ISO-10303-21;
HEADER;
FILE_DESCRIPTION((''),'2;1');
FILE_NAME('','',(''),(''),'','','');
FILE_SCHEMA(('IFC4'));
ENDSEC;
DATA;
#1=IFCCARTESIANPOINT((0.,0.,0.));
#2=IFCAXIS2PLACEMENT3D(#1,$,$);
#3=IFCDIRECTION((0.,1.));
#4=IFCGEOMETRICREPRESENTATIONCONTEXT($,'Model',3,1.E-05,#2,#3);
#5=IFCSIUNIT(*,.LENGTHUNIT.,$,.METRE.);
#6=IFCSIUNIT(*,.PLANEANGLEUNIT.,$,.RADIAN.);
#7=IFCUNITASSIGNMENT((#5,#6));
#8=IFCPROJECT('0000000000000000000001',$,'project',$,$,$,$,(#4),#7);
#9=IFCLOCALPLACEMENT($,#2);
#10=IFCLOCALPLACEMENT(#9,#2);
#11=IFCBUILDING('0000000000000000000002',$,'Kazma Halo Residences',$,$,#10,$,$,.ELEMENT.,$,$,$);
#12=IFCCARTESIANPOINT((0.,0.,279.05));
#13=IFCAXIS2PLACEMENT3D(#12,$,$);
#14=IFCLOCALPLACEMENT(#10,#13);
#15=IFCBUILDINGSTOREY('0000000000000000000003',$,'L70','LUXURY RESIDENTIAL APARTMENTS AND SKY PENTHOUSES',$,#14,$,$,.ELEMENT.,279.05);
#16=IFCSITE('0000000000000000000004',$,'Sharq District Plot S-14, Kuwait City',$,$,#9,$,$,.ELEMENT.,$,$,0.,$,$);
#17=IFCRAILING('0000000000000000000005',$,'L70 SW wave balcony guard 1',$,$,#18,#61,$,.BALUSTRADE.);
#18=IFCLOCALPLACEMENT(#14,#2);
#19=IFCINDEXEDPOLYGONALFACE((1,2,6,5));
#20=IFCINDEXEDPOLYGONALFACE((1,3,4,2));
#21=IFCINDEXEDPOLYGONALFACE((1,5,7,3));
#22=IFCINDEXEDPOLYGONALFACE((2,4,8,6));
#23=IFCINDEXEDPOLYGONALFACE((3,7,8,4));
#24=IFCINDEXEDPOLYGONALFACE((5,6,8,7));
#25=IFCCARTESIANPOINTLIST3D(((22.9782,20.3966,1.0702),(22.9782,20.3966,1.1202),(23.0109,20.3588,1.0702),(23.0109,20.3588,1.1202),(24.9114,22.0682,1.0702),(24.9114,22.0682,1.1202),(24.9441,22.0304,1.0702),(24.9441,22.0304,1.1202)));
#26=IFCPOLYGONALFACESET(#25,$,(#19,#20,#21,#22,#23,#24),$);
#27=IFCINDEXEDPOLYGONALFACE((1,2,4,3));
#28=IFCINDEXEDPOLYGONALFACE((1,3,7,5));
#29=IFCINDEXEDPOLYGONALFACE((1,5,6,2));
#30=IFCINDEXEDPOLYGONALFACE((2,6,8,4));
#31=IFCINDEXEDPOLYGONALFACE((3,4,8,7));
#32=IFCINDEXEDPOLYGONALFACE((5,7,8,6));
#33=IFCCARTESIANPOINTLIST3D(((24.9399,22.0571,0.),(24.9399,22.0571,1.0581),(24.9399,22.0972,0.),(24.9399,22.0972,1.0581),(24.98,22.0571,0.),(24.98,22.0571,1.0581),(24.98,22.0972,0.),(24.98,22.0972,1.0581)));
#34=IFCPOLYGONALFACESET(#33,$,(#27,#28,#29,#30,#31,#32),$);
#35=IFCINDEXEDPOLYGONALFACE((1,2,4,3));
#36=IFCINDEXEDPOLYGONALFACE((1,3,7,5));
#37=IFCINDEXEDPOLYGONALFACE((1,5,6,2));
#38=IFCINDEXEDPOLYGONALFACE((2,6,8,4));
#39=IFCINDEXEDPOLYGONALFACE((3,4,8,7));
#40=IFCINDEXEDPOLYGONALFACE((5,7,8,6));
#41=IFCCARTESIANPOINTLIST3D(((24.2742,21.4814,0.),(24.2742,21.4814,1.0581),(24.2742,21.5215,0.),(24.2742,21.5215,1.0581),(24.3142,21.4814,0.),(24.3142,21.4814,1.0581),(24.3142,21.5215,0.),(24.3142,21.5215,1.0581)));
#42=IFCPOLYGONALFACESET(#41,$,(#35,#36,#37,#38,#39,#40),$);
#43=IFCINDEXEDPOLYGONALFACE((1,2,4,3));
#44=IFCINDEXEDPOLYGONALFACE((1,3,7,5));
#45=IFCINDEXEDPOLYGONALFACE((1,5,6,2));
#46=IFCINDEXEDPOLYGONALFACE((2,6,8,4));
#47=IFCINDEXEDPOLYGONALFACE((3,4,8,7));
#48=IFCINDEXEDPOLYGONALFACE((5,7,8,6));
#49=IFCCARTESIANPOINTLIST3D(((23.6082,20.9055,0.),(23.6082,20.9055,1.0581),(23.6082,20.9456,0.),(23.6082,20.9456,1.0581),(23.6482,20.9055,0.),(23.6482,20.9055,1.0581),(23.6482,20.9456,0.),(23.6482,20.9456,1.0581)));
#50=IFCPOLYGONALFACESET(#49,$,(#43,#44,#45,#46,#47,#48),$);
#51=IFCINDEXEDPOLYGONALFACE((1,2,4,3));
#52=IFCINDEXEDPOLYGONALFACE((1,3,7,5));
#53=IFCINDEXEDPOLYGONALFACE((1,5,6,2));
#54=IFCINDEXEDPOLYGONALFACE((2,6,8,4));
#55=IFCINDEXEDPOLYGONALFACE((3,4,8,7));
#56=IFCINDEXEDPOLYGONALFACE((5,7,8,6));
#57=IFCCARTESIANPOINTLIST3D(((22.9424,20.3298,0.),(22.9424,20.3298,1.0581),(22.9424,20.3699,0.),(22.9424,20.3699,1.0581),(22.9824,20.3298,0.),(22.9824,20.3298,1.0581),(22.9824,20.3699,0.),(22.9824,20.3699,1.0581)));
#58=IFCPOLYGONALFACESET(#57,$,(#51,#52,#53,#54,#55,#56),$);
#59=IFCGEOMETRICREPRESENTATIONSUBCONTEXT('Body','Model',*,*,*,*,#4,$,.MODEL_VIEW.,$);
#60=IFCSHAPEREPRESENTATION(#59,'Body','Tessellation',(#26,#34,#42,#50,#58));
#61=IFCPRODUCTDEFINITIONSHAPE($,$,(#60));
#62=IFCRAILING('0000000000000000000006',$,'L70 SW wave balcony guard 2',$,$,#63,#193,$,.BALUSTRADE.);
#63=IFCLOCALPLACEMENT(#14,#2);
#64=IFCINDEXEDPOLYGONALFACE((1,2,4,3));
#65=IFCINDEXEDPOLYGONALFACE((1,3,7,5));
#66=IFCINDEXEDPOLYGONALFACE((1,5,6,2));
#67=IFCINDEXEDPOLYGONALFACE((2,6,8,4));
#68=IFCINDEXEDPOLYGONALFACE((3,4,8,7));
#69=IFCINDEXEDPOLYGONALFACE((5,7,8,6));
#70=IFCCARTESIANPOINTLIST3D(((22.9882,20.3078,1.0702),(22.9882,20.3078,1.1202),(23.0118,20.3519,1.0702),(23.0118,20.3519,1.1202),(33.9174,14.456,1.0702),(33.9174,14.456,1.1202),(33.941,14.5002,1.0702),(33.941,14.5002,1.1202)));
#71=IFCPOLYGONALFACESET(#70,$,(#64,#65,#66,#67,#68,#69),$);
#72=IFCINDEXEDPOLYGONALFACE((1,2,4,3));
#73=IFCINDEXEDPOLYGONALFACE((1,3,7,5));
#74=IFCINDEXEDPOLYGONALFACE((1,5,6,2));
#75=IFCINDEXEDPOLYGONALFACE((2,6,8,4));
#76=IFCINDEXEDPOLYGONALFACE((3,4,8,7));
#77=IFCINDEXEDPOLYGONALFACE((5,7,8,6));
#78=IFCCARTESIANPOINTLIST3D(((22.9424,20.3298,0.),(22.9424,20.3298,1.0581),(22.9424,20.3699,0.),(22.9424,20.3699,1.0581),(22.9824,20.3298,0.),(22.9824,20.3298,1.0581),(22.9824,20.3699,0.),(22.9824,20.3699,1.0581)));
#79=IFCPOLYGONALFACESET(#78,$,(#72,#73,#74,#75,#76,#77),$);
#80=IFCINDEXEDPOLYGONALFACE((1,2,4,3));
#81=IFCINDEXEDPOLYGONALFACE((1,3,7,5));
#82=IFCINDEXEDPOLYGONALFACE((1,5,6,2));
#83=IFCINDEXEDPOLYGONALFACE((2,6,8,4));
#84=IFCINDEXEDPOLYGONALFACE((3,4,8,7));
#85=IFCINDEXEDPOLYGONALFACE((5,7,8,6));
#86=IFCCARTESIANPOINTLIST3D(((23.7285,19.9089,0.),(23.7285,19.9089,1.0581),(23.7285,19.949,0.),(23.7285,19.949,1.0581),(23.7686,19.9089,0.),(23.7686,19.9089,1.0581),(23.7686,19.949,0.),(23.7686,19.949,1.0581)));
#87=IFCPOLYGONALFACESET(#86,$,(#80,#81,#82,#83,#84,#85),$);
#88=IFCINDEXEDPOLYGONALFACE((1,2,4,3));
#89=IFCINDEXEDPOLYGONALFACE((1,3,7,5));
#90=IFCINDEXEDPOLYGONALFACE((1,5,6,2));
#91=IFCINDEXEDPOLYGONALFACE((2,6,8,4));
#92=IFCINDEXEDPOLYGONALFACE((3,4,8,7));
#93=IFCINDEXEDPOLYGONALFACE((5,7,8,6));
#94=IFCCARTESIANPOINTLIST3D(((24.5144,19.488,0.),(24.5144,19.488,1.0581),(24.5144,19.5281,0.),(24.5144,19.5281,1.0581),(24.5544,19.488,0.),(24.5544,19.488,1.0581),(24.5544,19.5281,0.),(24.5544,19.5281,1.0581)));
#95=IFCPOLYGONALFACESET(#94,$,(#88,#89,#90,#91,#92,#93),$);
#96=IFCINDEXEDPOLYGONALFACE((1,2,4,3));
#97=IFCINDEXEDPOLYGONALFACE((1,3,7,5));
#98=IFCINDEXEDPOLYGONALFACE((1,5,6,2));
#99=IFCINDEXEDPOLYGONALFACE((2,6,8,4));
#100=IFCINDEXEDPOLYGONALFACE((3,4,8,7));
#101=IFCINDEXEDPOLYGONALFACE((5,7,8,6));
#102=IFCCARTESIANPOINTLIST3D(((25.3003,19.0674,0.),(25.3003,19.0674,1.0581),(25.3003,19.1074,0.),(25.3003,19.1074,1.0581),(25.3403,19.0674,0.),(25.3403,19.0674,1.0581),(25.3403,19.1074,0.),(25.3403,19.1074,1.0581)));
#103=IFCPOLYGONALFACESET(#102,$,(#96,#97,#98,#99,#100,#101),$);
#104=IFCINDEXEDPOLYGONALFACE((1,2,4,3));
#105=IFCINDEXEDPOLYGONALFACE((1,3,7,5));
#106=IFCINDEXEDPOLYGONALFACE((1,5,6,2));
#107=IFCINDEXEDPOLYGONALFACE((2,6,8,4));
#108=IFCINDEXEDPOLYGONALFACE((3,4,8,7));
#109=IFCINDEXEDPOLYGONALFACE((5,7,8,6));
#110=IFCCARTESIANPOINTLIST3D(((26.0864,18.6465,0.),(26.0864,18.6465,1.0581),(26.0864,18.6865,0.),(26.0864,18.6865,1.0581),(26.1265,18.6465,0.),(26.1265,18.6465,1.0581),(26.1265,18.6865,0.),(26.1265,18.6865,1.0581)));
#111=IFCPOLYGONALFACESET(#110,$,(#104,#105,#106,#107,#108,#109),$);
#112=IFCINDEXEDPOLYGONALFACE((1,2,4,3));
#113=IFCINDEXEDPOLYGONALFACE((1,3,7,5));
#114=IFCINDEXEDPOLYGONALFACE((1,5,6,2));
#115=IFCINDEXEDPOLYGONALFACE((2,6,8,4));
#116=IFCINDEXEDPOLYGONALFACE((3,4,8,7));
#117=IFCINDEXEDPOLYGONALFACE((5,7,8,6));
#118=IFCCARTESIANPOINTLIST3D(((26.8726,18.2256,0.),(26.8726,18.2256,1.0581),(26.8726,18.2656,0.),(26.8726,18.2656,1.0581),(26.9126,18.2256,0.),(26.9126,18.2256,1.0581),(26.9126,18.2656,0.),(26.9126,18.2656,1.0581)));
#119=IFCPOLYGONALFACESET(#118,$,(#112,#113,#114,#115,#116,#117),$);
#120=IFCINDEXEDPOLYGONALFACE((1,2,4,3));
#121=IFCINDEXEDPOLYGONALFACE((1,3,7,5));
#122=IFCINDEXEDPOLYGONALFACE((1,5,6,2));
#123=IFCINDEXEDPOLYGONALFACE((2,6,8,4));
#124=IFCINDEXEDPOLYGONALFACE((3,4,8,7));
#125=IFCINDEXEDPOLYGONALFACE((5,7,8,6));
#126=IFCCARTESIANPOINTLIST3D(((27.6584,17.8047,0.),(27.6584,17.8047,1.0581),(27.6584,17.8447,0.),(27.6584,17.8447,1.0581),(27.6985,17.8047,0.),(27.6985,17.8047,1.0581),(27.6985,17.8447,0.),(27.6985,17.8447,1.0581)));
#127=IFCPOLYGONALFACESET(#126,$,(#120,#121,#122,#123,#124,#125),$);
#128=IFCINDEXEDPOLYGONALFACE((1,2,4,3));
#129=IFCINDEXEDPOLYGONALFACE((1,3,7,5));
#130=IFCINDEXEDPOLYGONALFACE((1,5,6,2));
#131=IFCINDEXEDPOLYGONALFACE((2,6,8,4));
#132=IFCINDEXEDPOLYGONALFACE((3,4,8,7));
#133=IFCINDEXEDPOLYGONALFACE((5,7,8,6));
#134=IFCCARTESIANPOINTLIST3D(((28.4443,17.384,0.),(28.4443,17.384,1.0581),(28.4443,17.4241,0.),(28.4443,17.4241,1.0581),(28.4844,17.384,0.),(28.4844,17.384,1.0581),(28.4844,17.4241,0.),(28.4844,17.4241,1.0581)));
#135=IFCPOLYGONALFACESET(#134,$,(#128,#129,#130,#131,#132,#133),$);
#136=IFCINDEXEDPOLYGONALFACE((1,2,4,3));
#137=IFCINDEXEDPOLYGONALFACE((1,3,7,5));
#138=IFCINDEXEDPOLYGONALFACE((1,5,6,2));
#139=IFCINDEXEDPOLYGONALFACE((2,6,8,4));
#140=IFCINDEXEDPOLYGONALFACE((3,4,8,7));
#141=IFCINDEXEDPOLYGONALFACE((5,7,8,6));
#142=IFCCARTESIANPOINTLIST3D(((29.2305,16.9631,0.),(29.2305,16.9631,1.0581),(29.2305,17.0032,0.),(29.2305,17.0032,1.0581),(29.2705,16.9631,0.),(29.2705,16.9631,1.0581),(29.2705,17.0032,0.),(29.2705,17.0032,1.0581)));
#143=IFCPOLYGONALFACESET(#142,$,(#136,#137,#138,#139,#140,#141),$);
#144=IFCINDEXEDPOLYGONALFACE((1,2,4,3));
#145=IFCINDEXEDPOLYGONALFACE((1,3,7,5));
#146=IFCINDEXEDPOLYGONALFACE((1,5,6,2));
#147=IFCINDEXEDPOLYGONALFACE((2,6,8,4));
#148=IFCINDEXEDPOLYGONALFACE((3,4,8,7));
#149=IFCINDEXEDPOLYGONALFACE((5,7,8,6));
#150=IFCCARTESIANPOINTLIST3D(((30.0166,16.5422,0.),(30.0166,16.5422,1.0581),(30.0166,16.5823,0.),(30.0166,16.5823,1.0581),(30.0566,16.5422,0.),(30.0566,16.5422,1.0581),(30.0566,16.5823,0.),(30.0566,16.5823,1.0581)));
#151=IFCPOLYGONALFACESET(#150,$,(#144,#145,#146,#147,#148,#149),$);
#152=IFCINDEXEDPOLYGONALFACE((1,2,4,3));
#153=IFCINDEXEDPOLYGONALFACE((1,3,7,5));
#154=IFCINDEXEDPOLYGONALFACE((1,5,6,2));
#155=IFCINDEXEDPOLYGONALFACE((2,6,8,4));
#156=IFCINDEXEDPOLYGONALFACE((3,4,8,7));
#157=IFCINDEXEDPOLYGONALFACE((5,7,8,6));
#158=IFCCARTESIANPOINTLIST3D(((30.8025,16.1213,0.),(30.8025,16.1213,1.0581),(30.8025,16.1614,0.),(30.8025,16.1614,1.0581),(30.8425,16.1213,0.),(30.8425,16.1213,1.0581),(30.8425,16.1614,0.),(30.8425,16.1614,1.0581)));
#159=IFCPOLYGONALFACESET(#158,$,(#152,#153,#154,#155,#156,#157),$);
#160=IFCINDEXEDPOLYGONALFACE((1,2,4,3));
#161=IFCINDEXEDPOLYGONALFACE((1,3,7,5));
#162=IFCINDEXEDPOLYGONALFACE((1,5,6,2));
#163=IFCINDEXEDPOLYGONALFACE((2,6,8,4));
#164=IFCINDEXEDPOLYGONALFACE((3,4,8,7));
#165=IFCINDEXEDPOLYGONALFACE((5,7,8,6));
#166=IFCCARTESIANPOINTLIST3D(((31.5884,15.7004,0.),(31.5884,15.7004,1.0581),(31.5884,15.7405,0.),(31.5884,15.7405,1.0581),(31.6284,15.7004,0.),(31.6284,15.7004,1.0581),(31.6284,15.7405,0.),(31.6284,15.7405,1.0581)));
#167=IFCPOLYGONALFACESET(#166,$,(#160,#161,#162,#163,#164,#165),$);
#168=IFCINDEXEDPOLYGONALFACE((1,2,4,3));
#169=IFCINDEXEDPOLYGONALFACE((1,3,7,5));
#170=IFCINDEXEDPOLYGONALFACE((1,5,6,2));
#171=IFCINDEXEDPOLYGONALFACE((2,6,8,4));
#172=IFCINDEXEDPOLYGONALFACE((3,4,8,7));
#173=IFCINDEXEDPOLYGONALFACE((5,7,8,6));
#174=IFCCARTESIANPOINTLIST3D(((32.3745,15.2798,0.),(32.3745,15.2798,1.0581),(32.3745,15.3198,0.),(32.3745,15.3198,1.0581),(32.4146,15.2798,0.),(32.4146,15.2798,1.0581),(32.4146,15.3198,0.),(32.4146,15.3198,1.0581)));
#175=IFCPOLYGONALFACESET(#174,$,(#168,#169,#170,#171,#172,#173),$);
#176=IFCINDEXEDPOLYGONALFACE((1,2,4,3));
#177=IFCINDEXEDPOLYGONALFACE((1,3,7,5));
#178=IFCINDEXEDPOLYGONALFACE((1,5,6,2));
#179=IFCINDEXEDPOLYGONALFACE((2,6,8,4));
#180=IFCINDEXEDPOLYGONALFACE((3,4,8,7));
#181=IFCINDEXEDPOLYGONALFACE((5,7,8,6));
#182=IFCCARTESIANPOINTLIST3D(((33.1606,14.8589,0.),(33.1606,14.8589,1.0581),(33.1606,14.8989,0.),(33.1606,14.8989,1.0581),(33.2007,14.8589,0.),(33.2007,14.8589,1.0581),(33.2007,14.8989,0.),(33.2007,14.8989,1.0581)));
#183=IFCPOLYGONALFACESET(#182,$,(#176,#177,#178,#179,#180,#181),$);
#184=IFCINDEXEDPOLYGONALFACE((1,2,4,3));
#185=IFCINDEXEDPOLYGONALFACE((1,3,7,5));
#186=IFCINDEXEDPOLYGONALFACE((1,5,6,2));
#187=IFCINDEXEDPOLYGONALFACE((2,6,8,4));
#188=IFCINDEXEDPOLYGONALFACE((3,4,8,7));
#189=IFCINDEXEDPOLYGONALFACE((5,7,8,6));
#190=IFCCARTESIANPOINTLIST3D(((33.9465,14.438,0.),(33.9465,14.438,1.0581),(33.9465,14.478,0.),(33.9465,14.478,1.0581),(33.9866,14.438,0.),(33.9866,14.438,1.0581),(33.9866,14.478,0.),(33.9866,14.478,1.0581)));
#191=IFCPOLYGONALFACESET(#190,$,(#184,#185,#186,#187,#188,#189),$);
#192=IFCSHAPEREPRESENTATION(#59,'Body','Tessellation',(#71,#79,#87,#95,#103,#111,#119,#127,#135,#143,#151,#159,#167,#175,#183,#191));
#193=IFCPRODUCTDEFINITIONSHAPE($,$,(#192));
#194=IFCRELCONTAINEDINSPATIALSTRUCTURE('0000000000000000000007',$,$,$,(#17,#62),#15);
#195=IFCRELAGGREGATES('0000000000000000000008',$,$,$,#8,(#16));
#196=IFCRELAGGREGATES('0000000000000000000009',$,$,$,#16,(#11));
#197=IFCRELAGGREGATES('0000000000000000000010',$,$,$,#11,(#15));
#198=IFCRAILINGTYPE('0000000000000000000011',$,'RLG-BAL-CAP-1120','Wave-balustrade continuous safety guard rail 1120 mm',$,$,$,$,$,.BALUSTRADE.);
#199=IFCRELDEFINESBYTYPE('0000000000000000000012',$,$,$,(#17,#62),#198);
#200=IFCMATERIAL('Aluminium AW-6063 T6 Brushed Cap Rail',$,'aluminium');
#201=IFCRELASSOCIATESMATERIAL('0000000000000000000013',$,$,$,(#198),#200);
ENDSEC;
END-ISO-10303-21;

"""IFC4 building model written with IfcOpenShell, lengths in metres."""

from ifc_helpers import new_model, si_unit, direction, frame, origin, origin_2d, place, context, subcontext, project, spatial, rectangle, extrude, material, type_object, element, save


model = new_model("IFC4")

# Units and contexts
model_context = context("Model", 3, precision=1e-05, world=origin(), true_north=direction((0.0, 1.0)))
body_context = subcontext(model_context, "Body", "Model", "MODEL_VIEW")
ifc_project = project(units=[si_unit("LENGTHUNIT", "METRE"), si_unit("PLANEANGLEUNIT", "RADIAN")], contexts=[model_context])

# Site, building, storey
site_placement = place(None, origin())
site = spatial("IfcSite", under=ifc_project, at=site_placement, Name="Sharq District Plot S-14, Kuwait City", CompositionType="ELEMENT", RefElevation=0.0)
building_placement = place(site_placement, origin())
building = spatial("IfcBuilding", under=site, at=building_placement, Name="Kazma Halo Residences", CompositionType="ELEMENT")
storey_placement = place(building_placement, frame((0.0, 0.0, 279.05)))
storey = spatial("IfcBuildingStorey", under=building, at=storey_placement, Name="L70", Description="LUXURY RESIDENTIAL APARTMENTS AND SKY PENTHOUSES", CompositionType="ELEMENT", Elevation=279.05)

# Railings
ifc_material_1 = material(Name="Aluminium AW-6063 T6 Brushed Cap Rail", Category="aluminium")
railing_type = type_object("IfcRailingType", Name="RLG-BAL-CAP-1120", Description="Wave-balustrade continuous safety guard rail 1120 mm", PredefinedType="BALUSTRADE", material=ifc_material_1)
railing_1_placement = place(storey_placement, frame((24.96, 22.0771, 0.0)))
element("IfcRailing", 1, at=railing_1_placement, inside=storey, type_object=railing_type, Name="L70 SW wave balcony guard 1", PredefinedType="BALUSTRADE", context=body_context, shape_type="SweptSolid", body=[
    extrude(rectangle(XDim=0.05, YDim=0.05, at=origin_2d()), frame((-0.0322, -0.0278, 1.0952), z_axis=(-0.756424, -0.654082, 0.0), x_axis=(0.654082, -0.756424, 0.0)), (0.0, 0.0, 1.0), 2.5557),
    extrude(rectangle(XDim=0.04, YDim=0.04, at=origin_2d()), origin(), (0.0, 0.0, 1.0), 1.0581),
    extrude(rectangle(XDim=0.04, YDim=0.04, at=origin_2d()), frame((-0.6658, -0.5757, 0.0)), (0.0, 0.0, 1.0), 1.0581),
    extrude(rectangle(XDim=0.04, YDim=0.04, at=origin_2d()), frame((-1.3318, -1.1516, 0.0)), (0.0, 0.0, 1.0), 1.0581),
    extrude(rectangle(XDim=0.04, YDim=0.04, at=origin_2d()), frame((-1.9976, -1.7273, 0.0)), (0.0, 0.0, 1.0), 1.0581),
])
railing_2_placement = place(storey_placement, frame((22.9624, 20.3499, 0.0)))
element("IfcRailing", 2, at=railing_2_placement, inside=storey, type_object=railing_type, Name="L70 SW wave balcony guard 2", PredefinedType="BALUSTRADE", context=body_context, shape_type="SweptSolid", body=[
    extrude(rectangle(XDim=0.05, YDim=0.05, at=origin_2d()), frame((0.0376, -0.02, 1.0952), z_axis=(0.881588, -0.47202, 0.0), x_axis=(0.47202, 0.881588, 0.0)), (0.0, 0.0, 1.0), 12.3972),
    extrude(rectangle(XDim=0.04, YDim=0.04, at=origin_2d()), origin(), (0.0, 0.0, 1.0), 1.0581),
    extrude(rectangle(XDim=0.04, YDim=0.04, at=origin_2d()), frame((0.7861, -0.4209, 0.0)), (0.0, 0.0, 1.0), 1.0581),
    extrude(rectangle(XDim=0.04, YDim=0.04, at=origin_2d()), frame((1.572, -0.8418, 0.0)), (0.0, 0.0, 1.0), 1.0581),
    extrude(rectangle(XDim=0.04, YDim=0.04, at=origin_2d()), frame((2.3579, -1.2625, 0.0)), (0.0, 0.0, 1.0), 1.0581),
    extrude(rectangle(XDim=0.04, YDim=0.04, at=origin_2d()), frame((3.144, -1.6833, 0.0)), (0.0, 0.0, 1.0), 1.0581),
    extrude(rectangle(XDim=0.04, YDim=0.04, at=origin_2d()), frame((3.9302, -2.1042, 0.0)), (0.0, 0.0, 1.0), 1.0581),
    extrude(rectangle(XDim=0.04, YDim=0.04, at=origin_2d()), frame((4.7161, -2.5251, 0.0)), (0.0, 0.0, 1.0), 1.0581),
    extrude(rectangle(XDim=0.04, YDim=0.04, at=origin_2d()), frame((5.502, -2.9458, 0.0)), (0.0, 0.0, 1.0), 1.0581),
    extrude(rectangle(XDim=0.04, YDim=0.04, at=origin_2d()), frame((6.2881, -3.3667, 0.0)), (0.0, 0.0, 1.0), 1.0581),
    extrude(rectangle(XDim=0.04, YDim=0.04, at=origin_2d()), frame((7.0742, -3.7876, 0.0)), (0.0, 0.0, 1.0), 1.0581),
    extrude(rectangle(XDim=0.04, YDim=0.04, at=origin_2d()), frame((7.8601, -4.2085, 0.0)), (0.0, 0.0, 1.0), 1.0581),
    extrude(rectangle(XDim=0.04, YDim=0.04, at=origin_2d()), frame((8.646, -4.6294, 0.0)), (0.0, 0.0, 1.0), 1.0581),
    extrude(rectangle(XDim=0.04, YDim=0.04, at=origin_2d()), frame((9.4321, -5.05, 0.0)), (0.0, 0.0, 1.0), 1.0581),
    extrude(rectangle(XDim=0.04, YDim=0.04, at=origin_2d()), frame((10.2183, -5.4709, 0.0)), (0.0, 0.0, 1.0), 1.0581),
    extrude(rectangle(XDim=0.04, YDim=0.04, at=origin_2d()), frame((11.0042, -5.8918, 0.0)), (0.0, 0.0, 1.0), 1.0581),
])

save(model, "model.ifc")
